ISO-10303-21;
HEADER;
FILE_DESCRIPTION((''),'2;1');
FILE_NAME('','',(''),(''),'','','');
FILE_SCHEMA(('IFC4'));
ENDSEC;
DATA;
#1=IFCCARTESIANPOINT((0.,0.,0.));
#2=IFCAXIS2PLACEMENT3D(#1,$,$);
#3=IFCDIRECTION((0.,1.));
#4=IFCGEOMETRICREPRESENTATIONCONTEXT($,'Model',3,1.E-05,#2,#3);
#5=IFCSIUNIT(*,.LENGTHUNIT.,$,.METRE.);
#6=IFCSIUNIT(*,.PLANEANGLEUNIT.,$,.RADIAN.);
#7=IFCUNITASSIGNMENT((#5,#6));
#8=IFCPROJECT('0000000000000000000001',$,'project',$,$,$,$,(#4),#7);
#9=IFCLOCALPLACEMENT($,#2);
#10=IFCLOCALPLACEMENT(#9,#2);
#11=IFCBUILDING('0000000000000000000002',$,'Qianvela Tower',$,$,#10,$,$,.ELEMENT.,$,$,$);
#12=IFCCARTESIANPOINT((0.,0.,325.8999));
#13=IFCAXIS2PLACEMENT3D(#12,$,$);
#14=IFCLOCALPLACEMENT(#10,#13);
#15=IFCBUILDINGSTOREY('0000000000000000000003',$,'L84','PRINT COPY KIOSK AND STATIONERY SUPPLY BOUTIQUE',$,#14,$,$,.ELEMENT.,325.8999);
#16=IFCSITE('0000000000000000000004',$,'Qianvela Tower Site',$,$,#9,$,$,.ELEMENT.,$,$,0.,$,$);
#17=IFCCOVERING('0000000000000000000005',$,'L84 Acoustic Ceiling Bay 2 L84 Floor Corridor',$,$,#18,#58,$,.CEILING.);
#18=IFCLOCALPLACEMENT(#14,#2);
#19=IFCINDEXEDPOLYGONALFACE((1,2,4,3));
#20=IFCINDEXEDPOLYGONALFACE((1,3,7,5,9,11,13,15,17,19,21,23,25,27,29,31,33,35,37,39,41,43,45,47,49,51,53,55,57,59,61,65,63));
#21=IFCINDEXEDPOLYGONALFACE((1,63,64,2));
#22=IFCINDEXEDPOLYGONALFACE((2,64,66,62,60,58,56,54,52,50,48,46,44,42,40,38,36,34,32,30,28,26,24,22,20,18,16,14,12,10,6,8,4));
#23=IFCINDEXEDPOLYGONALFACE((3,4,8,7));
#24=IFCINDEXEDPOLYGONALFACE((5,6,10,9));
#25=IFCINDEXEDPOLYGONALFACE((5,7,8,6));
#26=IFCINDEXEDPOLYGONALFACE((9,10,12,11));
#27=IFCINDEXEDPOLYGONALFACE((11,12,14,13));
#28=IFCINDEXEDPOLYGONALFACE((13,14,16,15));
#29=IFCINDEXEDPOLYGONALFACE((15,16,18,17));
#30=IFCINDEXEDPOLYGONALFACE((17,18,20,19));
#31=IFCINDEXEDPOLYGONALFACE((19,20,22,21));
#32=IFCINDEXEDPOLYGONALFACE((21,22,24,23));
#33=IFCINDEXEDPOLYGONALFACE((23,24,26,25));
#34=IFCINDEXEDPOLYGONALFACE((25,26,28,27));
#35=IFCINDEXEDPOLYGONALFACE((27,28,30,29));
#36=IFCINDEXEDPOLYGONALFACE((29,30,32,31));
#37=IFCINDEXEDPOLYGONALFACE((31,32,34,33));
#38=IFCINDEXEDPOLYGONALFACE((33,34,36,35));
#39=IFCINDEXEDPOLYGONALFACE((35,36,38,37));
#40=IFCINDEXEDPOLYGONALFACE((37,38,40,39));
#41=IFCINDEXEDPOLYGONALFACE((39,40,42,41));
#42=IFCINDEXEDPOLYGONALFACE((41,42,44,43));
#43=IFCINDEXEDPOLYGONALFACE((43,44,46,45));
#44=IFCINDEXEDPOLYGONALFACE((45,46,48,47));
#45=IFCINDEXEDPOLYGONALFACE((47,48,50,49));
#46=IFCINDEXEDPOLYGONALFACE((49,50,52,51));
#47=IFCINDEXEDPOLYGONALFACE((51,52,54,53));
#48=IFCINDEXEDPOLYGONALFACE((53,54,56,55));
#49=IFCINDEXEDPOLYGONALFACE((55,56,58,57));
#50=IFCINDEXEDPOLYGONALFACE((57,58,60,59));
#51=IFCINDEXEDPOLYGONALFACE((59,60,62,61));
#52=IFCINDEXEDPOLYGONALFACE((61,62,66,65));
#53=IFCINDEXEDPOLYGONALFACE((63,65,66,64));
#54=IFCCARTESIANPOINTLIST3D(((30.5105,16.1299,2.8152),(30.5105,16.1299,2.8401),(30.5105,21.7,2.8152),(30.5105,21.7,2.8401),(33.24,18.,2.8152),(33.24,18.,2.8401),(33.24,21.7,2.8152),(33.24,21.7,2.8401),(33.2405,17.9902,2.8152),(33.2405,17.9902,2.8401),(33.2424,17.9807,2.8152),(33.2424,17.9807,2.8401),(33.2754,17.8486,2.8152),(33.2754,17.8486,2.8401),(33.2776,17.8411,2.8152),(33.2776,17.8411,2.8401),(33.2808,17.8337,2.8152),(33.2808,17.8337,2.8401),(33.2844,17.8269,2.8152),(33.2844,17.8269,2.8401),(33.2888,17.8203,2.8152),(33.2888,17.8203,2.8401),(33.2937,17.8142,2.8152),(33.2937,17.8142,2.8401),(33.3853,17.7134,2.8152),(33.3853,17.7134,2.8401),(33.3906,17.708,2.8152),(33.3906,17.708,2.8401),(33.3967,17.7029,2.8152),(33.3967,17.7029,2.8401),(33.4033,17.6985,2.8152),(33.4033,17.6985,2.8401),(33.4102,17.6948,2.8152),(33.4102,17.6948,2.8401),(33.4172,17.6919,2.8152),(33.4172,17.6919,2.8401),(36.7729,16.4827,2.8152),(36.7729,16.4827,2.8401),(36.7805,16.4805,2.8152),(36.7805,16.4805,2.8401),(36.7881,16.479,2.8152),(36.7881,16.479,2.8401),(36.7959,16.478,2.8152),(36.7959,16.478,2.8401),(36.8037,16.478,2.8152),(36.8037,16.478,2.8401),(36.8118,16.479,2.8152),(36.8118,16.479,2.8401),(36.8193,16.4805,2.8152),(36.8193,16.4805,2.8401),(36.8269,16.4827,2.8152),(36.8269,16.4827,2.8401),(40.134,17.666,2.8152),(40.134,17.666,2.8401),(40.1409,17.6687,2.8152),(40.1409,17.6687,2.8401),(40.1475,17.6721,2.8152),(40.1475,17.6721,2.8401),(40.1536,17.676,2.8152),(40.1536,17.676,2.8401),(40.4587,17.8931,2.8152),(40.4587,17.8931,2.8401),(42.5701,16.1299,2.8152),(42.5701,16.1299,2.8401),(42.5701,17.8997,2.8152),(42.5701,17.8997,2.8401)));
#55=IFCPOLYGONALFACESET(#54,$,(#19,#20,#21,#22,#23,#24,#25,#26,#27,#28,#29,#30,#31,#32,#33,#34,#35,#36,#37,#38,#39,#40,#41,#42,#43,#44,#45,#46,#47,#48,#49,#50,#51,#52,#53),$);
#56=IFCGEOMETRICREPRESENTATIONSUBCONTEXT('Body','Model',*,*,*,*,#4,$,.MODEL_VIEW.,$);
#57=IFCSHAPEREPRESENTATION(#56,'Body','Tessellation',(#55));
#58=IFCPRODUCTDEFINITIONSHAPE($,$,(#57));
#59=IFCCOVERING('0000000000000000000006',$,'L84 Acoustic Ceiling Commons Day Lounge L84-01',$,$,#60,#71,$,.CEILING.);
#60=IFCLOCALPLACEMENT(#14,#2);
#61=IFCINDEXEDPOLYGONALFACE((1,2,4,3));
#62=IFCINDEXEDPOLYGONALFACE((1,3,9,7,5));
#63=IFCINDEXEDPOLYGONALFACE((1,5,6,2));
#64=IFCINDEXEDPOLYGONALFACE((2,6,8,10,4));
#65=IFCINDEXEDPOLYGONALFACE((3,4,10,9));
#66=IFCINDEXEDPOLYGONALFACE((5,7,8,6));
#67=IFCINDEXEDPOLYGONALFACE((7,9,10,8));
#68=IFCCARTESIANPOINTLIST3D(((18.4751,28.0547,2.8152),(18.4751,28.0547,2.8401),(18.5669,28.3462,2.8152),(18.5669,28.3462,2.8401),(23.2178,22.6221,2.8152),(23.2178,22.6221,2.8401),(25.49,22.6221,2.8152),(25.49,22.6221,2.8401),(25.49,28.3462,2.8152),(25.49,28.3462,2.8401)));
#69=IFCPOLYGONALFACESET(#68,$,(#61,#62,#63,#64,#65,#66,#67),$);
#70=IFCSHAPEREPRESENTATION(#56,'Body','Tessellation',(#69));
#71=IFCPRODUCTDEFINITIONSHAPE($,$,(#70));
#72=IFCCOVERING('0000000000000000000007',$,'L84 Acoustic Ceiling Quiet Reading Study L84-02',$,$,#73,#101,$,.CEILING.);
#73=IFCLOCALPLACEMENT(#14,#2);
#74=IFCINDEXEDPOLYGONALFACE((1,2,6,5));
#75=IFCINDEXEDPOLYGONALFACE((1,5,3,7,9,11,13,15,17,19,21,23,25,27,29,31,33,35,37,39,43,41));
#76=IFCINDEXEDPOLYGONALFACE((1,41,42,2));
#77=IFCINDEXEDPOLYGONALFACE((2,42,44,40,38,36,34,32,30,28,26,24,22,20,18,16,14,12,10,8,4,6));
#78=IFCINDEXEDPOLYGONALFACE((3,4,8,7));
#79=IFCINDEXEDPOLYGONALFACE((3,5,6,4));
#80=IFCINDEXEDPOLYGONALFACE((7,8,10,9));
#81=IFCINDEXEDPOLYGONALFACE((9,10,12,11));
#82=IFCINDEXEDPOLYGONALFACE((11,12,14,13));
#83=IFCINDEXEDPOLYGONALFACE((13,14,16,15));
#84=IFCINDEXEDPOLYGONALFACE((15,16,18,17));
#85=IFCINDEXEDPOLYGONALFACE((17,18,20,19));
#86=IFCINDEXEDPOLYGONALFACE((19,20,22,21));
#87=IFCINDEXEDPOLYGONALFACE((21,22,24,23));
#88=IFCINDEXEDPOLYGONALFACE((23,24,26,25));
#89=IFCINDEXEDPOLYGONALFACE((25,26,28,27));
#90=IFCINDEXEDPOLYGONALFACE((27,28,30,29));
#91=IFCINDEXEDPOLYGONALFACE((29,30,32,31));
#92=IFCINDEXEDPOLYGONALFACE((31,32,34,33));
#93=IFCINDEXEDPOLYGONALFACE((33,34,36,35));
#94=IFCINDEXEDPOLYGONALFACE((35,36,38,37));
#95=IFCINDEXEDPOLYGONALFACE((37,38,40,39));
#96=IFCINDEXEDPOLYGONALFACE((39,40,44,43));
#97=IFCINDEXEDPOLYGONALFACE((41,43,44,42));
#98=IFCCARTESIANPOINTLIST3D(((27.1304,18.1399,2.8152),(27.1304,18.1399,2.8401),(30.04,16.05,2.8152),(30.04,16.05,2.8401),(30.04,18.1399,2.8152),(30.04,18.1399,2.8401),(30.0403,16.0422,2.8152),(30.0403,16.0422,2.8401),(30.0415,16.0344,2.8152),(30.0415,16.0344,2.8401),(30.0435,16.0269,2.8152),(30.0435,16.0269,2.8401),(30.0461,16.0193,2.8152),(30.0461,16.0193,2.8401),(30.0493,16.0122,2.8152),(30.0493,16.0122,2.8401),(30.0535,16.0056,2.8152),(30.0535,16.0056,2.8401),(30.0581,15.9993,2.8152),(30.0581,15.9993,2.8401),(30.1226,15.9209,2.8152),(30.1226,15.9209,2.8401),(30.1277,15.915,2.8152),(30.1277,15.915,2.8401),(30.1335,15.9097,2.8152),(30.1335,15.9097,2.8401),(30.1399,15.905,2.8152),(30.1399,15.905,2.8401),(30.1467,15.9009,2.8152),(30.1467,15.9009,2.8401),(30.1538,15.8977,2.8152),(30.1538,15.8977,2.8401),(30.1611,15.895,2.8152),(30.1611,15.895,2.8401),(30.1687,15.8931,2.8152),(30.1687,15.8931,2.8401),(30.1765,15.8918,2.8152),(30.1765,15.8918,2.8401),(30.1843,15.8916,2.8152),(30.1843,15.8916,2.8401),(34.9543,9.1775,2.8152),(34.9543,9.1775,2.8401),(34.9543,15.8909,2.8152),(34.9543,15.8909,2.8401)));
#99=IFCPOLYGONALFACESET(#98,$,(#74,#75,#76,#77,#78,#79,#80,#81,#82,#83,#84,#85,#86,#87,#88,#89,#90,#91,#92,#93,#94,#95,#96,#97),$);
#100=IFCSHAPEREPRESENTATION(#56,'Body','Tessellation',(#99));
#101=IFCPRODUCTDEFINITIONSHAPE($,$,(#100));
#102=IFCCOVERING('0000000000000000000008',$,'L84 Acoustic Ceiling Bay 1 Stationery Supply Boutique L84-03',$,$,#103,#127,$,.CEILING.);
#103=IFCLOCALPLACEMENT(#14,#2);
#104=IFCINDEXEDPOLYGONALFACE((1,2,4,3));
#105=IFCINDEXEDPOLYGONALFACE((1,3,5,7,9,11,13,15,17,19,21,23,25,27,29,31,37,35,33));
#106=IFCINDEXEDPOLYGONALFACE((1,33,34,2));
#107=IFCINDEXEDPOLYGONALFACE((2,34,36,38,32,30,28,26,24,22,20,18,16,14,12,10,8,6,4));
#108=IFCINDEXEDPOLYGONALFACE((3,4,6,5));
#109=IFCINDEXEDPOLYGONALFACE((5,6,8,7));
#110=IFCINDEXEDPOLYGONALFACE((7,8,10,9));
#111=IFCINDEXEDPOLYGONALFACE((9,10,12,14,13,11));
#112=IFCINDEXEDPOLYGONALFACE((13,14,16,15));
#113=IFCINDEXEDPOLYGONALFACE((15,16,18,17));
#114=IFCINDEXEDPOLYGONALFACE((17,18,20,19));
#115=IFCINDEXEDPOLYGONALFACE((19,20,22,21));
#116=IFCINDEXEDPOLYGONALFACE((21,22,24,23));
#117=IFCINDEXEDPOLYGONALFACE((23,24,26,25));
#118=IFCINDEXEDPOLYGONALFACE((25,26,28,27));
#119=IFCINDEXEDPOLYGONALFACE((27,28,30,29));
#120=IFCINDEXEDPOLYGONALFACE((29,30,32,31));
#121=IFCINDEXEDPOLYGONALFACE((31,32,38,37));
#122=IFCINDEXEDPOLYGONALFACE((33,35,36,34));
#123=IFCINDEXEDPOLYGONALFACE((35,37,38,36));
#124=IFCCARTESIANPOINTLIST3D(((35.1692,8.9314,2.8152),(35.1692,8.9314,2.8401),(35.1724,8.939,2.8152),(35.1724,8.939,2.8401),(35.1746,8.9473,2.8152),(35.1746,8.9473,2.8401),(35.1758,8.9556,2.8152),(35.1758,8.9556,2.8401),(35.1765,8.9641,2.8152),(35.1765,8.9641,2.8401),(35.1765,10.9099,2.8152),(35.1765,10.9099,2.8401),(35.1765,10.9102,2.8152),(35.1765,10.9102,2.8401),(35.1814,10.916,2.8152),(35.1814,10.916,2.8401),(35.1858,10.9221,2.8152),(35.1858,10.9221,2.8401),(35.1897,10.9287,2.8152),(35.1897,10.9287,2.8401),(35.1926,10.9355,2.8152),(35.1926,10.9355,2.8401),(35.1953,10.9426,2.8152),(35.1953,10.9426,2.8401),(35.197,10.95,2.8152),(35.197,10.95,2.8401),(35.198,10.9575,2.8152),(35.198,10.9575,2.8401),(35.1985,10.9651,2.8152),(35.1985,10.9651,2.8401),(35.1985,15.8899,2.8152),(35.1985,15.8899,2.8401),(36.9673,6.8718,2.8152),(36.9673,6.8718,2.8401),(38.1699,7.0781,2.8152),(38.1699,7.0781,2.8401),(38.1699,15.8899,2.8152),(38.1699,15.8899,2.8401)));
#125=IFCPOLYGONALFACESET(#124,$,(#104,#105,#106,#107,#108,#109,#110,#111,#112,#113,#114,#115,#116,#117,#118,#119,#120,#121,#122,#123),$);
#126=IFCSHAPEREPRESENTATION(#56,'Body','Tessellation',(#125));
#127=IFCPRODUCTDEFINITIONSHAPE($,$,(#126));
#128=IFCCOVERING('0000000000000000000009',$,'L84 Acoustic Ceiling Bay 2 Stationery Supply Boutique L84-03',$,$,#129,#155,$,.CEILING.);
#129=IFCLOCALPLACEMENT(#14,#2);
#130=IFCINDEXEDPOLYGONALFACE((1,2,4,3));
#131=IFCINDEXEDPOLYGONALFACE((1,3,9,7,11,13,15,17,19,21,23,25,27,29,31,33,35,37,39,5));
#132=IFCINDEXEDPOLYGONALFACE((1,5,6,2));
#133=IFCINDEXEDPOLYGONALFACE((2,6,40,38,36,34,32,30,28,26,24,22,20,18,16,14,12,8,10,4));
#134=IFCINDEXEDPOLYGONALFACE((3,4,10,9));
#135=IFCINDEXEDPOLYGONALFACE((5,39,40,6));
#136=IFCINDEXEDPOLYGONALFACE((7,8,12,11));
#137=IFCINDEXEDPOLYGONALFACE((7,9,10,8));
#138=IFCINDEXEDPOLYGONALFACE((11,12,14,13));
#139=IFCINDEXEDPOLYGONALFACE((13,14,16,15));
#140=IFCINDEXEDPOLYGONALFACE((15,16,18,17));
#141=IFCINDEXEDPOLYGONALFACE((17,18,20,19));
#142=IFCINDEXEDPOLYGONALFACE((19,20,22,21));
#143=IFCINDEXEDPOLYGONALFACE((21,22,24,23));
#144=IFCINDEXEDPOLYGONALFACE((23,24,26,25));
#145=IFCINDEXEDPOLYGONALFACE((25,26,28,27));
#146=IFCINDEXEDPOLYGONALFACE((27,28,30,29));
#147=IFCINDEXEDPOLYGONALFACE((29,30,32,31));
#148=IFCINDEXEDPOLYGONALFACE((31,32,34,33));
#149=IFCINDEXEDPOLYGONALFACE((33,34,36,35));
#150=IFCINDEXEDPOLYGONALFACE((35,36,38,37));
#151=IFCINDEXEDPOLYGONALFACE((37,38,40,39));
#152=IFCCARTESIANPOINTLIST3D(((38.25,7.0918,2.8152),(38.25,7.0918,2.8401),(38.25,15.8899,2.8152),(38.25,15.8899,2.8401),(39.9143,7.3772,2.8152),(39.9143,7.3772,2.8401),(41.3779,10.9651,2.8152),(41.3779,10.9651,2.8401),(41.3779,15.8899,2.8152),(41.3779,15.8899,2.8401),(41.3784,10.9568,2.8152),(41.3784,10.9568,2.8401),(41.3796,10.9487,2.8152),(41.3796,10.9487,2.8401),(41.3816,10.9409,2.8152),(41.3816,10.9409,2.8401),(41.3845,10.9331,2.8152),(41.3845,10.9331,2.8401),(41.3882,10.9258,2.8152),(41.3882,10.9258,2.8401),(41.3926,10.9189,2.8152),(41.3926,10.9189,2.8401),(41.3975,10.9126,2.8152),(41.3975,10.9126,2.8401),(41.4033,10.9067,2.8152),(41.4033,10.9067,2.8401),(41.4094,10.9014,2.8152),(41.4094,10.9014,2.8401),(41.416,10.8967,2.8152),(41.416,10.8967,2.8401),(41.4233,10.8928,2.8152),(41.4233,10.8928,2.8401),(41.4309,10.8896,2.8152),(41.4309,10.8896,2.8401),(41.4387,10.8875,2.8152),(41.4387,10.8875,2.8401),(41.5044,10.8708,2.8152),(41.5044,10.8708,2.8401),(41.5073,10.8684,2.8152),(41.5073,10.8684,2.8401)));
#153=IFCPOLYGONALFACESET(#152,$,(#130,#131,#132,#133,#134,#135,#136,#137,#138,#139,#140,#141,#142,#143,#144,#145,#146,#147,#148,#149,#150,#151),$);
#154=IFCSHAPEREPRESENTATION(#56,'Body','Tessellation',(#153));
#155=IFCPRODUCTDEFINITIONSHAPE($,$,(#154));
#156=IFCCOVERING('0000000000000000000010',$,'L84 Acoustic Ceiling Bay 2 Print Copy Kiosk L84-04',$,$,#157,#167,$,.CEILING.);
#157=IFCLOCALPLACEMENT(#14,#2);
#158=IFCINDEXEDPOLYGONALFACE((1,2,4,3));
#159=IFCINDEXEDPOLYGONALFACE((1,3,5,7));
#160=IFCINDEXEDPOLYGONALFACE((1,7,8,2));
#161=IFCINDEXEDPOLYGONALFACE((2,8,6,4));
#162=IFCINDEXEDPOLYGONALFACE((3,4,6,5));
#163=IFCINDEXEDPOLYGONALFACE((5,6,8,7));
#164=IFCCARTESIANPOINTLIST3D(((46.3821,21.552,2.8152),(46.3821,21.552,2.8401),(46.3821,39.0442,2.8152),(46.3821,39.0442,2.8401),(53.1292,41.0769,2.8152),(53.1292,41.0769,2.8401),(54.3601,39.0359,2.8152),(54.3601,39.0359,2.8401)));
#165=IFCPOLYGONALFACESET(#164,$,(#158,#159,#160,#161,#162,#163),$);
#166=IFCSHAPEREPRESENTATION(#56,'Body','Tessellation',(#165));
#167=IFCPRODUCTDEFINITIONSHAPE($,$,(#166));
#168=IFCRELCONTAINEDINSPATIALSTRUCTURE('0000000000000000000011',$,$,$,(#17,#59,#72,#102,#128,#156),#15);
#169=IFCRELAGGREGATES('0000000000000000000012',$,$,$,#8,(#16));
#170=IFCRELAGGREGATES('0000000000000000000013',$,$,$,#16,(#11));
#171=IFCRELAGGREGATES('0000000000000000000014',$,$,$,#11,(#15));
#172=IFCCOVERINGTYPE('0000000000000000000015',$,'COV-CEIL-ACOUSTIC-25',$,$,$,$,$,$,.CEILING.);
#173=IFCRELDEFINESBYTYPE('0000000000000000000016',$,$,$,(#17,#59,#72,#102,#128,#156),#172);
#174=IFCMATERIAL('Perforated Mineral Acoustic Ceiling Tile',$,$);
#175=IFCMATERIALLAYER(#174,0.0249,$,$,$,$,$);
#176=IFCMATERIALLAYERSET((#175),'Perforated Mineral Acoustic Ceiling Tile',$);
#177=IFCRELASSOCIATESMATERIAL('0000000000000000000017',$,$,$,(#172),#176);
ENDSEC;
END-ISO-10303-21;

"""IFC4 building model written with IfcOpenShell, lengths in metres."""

from ifc_helpers import new_model, si_unit, direction, frame, origin, place, context, subcontext, project, spatial, polyline, outline, extrude, material, layer, layer_set, type_object, element, save


model = new_model("IFC4")

# Units and contexts
model_context = context("Model", 3, precision=1e-05, world=origin(), true_north=direction((0.0, 1.0)))
body_context = subcontext(model_context, "Body", "Model", "MODEL_VIEW")
ifc_project = project(units=[si_unit("LENGTHUNIT", "METRE"), si_unit("PLANEANGLEUNIT", "RADIAN")], contexts=[model_context])

# Site, building, storey
site_placement = place(None, origin())
site = spatial("IfcSite", under=ifc_project, at=site_placement, Name="Qianvela Tower Site", CompositionType="ELEMENT", RefElevation=0.0)
building_placement = place(site_placement, origin())
building = spatial("IfcBuilding", under=site, at=building_placement, Name="Qianvela Tower", CompositionType="ELEMENT")
storey_placement = place(building_placement, frame((0.0, 0.0, 325.8999)))
storey = spatial("IfcBuildingStorey", under=building, at=storey_placement, Name="L84", Description="PRINT COPY KIOSK AND STATIONERY SUPPLY BOUTIQUE", CompositionType="ELEMENT", Elevation=325.8999)

# Coverings
ifc_material_1 = material(Name="Perforated Mineral Acoustic Ceiling Tile")
ifc_layer_1 = layer(ifc_material_1, 0.0249)
ifc_layer_set_1 = layer_set([ifc_layer_1], Name="Perforated Mineral Acoustic Ceiling Tile")
covering_type_1 = type_object("IfcCoveringType", Name="COV-CEIL-ACOUSTIC-25", PredefinedType="CEILING", material=ifc_layer_set_1)
covering_1_placement = place(storey_placement, frame((0.0, 0.0, 2.8152)))
element("IfcCovering", 1, at=covering_1_placement, inside=storey, type_object=covering_type_1, Name="L84 Acoustic Ceiling Bay 2 L84 Floor Corridor", PredefinedType="CEILING", context=body_context, shape_type="SweptSolid", body=[
    extrude(outline(polyline([(33.24, 21.7), (33.24, 18.0), (33.2405, 17.9902), (33.2424, 17.9807), (33.2754, 17.8486), (33.2776, 17.8411), (33.2808, 17.8337), (33.2844, 17.8269), (33.2888, 17.8203), (33.2937, 17.8142), (33.3853, 17.7134), (33.3906, 17.708), (33.3967, 17.7029), (33.4033, 17.6985), (33.4102, 17.6948), (33.4172, 17.6919), (36.7729, 16.4827), (36.7805, 16.4805), (36.7881, 16.479), (36.7959, 16.478), (36.8037, 16.478), (36.8118, 16.479), (36.8193, 16.4805), (36.8269, 16.4827), (40.134, 17.666), (40.1409, 17.6687), (40.1475, 17.6721), (40.1536, 17.676), (40.4587, 17.8931), (42.5701, 17.8997), (42.5701, 16.1299), (30.5105, 16.1299), (30.5105, 21.7), (33.24, 21.7)])), origin(), (0.0, 0.0, 1.0), 0.0249),
])
covering_2_placement = place(storey_placement, frame((0.0, 0.0, 2.8152)))
element("IfcCovering", 2, at=covering_2_placement, inside=storey, type_object=covering_type_1, Name="L84 Acoustic Ceiling Commons Day Lounge L84-01", PredefinedType="CEILING", context=body_context, shape_type="SweptSolid", body=[
    extrude(outline(polyline([(23.2178, 22.6221), (18.4751, 28.0547), (18.5669, 28.3462), (25.49, 28.3462), (25.49, 22.6221), (23.2178, 22.6221)])), origin(), (0.0, 0.0, 1.0), 0.0249),
])
covering_3_placement = place(storey_placement, frame((0.0, 0.0, 2.8152)))
element("IfcCovering", 3, at=covering_3_placement, inside=storey, type_object=covering_type_1, Name="L84 Acoustic Ceiling Quiet Reading Study L84-02", PredefinedType="CEILING", context=body_context, shape_type="SweptSolid", body=[
    extrude(outline(polyline([(30.04, 18.1399), (30.04, 16.05), (30.0403, 16.0422), (30.0415, 16.0344), (30.0435, 16.0269), (30.0461, 16.0193), (30.0493, 16.0122), (30.0535, 16.0056), (30.0581, 15.9993), (30.1226, 15.9209), (30.1277, 15.915), (30.1335, 15.9097), (30.1399, 15.905), (30.1467, 15.9009), (30.1538, 15.8977), (30.1611, 15.895), (30.1687, 15.8931), (30.1765, 15.8918), (30.1843, 15.8916), (34.9543, 15.8909), (34.9543, 9.1775), (27.1304, 18.1399), (30.04, 18.1399)])), origin(), (0.0, 0.0, 1.0), 0.0249),
])
covering_4_placement = place(storey_placement, frame((0.0, 0.0, 2.8152)))
element("IfcCovering", 4, at=covering_4_placement, inside=storey, type_object=covering_type_1, Name="L84 Acoustic Ceiling Bay 1 Stationery Supply Boutique L84-03", PredefinedType="CEILING", context=body_context, shape_type="SweptSolid", body=[
    extrude(outline(polyline([(35.1765, 10.9102), (35.1814, 10.916), (35.1858, 10.9221), (35.1897, 10.9287), (35.1926, 10.9355), (35.1953, 10.9426), (35.197, 10.95), (35.198, 10.9575), (35.1985, 10.9651), (35.1985, 15.8899), (38.1699, 15.8899), (38.1699, 7.0781), (36.9673, 6.8718), (35.1692, 8.9314), (35.1724, 8.939), (35.1746, 8.9473), (35.1758, 8.9556), (35.1765, 8.9641), (35.1765, 10.9099), (35.1765, 10.9102)])), origin(), (0.0, 0.0, 1.0), 0.0249),
])
covering_5_placement = place(storey_placement, frame((0.0, 0.0, 2.8152)))
element("IfcCovering", 5, at=covering_5_placement, inside=storey, type_object=covering_type_1, Name="L84 Acoustic Ceiling Bay 2 Stationery Supply Boutique L84-03", PredefinedType="CEILING", context=body_context, shape_type="SweptSolid", body=[
    extrude(outline(polyline([(41.3779, 15.8899), (41.3779, 10.9651), (41.3784, 10.9568), (41.3796, 10.9487), (41.3816, 10.9409), (41.3845, 10.9331), (41.3882, 10.9258), (41.3926, 10.9189), (41.3975, 10.9126), (41.4033, 10.9067), (41.4094, 10.9014), (41.416, 10.8967), (41.4233, 10.8928), (41.4309, 10.8896), (41.4387, 10.8875), (41.5044, 10.8708), (41.5073, 10.8684), (39.9143, 7.3772), (38.25, 7.0918), (38.25, 15.8899), (41.3779, 15.8899)])), origin(), (0.0, 0.0, 1.0), 0.0249),
])
covering_6_placement = place(storey_placement, frame((0.0, 0.0, 2.8152)))
element("IfcCovering", 6, at=covering_6_placement, inside=storey, type_object=covering_type_1, Name="L84 Acoustic Ceiling Bay 2 Print Copy Kiosk L84-04", PredefinedType="CEILING", context=body_context, shape_type="SweptSolid", body=[
    extrude(outline(polyline([(53.1292, 41.0769), (54.3601, 39.0359), (46.3821, 21.552), (46.3821, 39.0442), (53.1292, 41.0769)])), origin(), (0.0, 0.0, 1.0), 0.0249),
])

save(model, "model.ifc")
